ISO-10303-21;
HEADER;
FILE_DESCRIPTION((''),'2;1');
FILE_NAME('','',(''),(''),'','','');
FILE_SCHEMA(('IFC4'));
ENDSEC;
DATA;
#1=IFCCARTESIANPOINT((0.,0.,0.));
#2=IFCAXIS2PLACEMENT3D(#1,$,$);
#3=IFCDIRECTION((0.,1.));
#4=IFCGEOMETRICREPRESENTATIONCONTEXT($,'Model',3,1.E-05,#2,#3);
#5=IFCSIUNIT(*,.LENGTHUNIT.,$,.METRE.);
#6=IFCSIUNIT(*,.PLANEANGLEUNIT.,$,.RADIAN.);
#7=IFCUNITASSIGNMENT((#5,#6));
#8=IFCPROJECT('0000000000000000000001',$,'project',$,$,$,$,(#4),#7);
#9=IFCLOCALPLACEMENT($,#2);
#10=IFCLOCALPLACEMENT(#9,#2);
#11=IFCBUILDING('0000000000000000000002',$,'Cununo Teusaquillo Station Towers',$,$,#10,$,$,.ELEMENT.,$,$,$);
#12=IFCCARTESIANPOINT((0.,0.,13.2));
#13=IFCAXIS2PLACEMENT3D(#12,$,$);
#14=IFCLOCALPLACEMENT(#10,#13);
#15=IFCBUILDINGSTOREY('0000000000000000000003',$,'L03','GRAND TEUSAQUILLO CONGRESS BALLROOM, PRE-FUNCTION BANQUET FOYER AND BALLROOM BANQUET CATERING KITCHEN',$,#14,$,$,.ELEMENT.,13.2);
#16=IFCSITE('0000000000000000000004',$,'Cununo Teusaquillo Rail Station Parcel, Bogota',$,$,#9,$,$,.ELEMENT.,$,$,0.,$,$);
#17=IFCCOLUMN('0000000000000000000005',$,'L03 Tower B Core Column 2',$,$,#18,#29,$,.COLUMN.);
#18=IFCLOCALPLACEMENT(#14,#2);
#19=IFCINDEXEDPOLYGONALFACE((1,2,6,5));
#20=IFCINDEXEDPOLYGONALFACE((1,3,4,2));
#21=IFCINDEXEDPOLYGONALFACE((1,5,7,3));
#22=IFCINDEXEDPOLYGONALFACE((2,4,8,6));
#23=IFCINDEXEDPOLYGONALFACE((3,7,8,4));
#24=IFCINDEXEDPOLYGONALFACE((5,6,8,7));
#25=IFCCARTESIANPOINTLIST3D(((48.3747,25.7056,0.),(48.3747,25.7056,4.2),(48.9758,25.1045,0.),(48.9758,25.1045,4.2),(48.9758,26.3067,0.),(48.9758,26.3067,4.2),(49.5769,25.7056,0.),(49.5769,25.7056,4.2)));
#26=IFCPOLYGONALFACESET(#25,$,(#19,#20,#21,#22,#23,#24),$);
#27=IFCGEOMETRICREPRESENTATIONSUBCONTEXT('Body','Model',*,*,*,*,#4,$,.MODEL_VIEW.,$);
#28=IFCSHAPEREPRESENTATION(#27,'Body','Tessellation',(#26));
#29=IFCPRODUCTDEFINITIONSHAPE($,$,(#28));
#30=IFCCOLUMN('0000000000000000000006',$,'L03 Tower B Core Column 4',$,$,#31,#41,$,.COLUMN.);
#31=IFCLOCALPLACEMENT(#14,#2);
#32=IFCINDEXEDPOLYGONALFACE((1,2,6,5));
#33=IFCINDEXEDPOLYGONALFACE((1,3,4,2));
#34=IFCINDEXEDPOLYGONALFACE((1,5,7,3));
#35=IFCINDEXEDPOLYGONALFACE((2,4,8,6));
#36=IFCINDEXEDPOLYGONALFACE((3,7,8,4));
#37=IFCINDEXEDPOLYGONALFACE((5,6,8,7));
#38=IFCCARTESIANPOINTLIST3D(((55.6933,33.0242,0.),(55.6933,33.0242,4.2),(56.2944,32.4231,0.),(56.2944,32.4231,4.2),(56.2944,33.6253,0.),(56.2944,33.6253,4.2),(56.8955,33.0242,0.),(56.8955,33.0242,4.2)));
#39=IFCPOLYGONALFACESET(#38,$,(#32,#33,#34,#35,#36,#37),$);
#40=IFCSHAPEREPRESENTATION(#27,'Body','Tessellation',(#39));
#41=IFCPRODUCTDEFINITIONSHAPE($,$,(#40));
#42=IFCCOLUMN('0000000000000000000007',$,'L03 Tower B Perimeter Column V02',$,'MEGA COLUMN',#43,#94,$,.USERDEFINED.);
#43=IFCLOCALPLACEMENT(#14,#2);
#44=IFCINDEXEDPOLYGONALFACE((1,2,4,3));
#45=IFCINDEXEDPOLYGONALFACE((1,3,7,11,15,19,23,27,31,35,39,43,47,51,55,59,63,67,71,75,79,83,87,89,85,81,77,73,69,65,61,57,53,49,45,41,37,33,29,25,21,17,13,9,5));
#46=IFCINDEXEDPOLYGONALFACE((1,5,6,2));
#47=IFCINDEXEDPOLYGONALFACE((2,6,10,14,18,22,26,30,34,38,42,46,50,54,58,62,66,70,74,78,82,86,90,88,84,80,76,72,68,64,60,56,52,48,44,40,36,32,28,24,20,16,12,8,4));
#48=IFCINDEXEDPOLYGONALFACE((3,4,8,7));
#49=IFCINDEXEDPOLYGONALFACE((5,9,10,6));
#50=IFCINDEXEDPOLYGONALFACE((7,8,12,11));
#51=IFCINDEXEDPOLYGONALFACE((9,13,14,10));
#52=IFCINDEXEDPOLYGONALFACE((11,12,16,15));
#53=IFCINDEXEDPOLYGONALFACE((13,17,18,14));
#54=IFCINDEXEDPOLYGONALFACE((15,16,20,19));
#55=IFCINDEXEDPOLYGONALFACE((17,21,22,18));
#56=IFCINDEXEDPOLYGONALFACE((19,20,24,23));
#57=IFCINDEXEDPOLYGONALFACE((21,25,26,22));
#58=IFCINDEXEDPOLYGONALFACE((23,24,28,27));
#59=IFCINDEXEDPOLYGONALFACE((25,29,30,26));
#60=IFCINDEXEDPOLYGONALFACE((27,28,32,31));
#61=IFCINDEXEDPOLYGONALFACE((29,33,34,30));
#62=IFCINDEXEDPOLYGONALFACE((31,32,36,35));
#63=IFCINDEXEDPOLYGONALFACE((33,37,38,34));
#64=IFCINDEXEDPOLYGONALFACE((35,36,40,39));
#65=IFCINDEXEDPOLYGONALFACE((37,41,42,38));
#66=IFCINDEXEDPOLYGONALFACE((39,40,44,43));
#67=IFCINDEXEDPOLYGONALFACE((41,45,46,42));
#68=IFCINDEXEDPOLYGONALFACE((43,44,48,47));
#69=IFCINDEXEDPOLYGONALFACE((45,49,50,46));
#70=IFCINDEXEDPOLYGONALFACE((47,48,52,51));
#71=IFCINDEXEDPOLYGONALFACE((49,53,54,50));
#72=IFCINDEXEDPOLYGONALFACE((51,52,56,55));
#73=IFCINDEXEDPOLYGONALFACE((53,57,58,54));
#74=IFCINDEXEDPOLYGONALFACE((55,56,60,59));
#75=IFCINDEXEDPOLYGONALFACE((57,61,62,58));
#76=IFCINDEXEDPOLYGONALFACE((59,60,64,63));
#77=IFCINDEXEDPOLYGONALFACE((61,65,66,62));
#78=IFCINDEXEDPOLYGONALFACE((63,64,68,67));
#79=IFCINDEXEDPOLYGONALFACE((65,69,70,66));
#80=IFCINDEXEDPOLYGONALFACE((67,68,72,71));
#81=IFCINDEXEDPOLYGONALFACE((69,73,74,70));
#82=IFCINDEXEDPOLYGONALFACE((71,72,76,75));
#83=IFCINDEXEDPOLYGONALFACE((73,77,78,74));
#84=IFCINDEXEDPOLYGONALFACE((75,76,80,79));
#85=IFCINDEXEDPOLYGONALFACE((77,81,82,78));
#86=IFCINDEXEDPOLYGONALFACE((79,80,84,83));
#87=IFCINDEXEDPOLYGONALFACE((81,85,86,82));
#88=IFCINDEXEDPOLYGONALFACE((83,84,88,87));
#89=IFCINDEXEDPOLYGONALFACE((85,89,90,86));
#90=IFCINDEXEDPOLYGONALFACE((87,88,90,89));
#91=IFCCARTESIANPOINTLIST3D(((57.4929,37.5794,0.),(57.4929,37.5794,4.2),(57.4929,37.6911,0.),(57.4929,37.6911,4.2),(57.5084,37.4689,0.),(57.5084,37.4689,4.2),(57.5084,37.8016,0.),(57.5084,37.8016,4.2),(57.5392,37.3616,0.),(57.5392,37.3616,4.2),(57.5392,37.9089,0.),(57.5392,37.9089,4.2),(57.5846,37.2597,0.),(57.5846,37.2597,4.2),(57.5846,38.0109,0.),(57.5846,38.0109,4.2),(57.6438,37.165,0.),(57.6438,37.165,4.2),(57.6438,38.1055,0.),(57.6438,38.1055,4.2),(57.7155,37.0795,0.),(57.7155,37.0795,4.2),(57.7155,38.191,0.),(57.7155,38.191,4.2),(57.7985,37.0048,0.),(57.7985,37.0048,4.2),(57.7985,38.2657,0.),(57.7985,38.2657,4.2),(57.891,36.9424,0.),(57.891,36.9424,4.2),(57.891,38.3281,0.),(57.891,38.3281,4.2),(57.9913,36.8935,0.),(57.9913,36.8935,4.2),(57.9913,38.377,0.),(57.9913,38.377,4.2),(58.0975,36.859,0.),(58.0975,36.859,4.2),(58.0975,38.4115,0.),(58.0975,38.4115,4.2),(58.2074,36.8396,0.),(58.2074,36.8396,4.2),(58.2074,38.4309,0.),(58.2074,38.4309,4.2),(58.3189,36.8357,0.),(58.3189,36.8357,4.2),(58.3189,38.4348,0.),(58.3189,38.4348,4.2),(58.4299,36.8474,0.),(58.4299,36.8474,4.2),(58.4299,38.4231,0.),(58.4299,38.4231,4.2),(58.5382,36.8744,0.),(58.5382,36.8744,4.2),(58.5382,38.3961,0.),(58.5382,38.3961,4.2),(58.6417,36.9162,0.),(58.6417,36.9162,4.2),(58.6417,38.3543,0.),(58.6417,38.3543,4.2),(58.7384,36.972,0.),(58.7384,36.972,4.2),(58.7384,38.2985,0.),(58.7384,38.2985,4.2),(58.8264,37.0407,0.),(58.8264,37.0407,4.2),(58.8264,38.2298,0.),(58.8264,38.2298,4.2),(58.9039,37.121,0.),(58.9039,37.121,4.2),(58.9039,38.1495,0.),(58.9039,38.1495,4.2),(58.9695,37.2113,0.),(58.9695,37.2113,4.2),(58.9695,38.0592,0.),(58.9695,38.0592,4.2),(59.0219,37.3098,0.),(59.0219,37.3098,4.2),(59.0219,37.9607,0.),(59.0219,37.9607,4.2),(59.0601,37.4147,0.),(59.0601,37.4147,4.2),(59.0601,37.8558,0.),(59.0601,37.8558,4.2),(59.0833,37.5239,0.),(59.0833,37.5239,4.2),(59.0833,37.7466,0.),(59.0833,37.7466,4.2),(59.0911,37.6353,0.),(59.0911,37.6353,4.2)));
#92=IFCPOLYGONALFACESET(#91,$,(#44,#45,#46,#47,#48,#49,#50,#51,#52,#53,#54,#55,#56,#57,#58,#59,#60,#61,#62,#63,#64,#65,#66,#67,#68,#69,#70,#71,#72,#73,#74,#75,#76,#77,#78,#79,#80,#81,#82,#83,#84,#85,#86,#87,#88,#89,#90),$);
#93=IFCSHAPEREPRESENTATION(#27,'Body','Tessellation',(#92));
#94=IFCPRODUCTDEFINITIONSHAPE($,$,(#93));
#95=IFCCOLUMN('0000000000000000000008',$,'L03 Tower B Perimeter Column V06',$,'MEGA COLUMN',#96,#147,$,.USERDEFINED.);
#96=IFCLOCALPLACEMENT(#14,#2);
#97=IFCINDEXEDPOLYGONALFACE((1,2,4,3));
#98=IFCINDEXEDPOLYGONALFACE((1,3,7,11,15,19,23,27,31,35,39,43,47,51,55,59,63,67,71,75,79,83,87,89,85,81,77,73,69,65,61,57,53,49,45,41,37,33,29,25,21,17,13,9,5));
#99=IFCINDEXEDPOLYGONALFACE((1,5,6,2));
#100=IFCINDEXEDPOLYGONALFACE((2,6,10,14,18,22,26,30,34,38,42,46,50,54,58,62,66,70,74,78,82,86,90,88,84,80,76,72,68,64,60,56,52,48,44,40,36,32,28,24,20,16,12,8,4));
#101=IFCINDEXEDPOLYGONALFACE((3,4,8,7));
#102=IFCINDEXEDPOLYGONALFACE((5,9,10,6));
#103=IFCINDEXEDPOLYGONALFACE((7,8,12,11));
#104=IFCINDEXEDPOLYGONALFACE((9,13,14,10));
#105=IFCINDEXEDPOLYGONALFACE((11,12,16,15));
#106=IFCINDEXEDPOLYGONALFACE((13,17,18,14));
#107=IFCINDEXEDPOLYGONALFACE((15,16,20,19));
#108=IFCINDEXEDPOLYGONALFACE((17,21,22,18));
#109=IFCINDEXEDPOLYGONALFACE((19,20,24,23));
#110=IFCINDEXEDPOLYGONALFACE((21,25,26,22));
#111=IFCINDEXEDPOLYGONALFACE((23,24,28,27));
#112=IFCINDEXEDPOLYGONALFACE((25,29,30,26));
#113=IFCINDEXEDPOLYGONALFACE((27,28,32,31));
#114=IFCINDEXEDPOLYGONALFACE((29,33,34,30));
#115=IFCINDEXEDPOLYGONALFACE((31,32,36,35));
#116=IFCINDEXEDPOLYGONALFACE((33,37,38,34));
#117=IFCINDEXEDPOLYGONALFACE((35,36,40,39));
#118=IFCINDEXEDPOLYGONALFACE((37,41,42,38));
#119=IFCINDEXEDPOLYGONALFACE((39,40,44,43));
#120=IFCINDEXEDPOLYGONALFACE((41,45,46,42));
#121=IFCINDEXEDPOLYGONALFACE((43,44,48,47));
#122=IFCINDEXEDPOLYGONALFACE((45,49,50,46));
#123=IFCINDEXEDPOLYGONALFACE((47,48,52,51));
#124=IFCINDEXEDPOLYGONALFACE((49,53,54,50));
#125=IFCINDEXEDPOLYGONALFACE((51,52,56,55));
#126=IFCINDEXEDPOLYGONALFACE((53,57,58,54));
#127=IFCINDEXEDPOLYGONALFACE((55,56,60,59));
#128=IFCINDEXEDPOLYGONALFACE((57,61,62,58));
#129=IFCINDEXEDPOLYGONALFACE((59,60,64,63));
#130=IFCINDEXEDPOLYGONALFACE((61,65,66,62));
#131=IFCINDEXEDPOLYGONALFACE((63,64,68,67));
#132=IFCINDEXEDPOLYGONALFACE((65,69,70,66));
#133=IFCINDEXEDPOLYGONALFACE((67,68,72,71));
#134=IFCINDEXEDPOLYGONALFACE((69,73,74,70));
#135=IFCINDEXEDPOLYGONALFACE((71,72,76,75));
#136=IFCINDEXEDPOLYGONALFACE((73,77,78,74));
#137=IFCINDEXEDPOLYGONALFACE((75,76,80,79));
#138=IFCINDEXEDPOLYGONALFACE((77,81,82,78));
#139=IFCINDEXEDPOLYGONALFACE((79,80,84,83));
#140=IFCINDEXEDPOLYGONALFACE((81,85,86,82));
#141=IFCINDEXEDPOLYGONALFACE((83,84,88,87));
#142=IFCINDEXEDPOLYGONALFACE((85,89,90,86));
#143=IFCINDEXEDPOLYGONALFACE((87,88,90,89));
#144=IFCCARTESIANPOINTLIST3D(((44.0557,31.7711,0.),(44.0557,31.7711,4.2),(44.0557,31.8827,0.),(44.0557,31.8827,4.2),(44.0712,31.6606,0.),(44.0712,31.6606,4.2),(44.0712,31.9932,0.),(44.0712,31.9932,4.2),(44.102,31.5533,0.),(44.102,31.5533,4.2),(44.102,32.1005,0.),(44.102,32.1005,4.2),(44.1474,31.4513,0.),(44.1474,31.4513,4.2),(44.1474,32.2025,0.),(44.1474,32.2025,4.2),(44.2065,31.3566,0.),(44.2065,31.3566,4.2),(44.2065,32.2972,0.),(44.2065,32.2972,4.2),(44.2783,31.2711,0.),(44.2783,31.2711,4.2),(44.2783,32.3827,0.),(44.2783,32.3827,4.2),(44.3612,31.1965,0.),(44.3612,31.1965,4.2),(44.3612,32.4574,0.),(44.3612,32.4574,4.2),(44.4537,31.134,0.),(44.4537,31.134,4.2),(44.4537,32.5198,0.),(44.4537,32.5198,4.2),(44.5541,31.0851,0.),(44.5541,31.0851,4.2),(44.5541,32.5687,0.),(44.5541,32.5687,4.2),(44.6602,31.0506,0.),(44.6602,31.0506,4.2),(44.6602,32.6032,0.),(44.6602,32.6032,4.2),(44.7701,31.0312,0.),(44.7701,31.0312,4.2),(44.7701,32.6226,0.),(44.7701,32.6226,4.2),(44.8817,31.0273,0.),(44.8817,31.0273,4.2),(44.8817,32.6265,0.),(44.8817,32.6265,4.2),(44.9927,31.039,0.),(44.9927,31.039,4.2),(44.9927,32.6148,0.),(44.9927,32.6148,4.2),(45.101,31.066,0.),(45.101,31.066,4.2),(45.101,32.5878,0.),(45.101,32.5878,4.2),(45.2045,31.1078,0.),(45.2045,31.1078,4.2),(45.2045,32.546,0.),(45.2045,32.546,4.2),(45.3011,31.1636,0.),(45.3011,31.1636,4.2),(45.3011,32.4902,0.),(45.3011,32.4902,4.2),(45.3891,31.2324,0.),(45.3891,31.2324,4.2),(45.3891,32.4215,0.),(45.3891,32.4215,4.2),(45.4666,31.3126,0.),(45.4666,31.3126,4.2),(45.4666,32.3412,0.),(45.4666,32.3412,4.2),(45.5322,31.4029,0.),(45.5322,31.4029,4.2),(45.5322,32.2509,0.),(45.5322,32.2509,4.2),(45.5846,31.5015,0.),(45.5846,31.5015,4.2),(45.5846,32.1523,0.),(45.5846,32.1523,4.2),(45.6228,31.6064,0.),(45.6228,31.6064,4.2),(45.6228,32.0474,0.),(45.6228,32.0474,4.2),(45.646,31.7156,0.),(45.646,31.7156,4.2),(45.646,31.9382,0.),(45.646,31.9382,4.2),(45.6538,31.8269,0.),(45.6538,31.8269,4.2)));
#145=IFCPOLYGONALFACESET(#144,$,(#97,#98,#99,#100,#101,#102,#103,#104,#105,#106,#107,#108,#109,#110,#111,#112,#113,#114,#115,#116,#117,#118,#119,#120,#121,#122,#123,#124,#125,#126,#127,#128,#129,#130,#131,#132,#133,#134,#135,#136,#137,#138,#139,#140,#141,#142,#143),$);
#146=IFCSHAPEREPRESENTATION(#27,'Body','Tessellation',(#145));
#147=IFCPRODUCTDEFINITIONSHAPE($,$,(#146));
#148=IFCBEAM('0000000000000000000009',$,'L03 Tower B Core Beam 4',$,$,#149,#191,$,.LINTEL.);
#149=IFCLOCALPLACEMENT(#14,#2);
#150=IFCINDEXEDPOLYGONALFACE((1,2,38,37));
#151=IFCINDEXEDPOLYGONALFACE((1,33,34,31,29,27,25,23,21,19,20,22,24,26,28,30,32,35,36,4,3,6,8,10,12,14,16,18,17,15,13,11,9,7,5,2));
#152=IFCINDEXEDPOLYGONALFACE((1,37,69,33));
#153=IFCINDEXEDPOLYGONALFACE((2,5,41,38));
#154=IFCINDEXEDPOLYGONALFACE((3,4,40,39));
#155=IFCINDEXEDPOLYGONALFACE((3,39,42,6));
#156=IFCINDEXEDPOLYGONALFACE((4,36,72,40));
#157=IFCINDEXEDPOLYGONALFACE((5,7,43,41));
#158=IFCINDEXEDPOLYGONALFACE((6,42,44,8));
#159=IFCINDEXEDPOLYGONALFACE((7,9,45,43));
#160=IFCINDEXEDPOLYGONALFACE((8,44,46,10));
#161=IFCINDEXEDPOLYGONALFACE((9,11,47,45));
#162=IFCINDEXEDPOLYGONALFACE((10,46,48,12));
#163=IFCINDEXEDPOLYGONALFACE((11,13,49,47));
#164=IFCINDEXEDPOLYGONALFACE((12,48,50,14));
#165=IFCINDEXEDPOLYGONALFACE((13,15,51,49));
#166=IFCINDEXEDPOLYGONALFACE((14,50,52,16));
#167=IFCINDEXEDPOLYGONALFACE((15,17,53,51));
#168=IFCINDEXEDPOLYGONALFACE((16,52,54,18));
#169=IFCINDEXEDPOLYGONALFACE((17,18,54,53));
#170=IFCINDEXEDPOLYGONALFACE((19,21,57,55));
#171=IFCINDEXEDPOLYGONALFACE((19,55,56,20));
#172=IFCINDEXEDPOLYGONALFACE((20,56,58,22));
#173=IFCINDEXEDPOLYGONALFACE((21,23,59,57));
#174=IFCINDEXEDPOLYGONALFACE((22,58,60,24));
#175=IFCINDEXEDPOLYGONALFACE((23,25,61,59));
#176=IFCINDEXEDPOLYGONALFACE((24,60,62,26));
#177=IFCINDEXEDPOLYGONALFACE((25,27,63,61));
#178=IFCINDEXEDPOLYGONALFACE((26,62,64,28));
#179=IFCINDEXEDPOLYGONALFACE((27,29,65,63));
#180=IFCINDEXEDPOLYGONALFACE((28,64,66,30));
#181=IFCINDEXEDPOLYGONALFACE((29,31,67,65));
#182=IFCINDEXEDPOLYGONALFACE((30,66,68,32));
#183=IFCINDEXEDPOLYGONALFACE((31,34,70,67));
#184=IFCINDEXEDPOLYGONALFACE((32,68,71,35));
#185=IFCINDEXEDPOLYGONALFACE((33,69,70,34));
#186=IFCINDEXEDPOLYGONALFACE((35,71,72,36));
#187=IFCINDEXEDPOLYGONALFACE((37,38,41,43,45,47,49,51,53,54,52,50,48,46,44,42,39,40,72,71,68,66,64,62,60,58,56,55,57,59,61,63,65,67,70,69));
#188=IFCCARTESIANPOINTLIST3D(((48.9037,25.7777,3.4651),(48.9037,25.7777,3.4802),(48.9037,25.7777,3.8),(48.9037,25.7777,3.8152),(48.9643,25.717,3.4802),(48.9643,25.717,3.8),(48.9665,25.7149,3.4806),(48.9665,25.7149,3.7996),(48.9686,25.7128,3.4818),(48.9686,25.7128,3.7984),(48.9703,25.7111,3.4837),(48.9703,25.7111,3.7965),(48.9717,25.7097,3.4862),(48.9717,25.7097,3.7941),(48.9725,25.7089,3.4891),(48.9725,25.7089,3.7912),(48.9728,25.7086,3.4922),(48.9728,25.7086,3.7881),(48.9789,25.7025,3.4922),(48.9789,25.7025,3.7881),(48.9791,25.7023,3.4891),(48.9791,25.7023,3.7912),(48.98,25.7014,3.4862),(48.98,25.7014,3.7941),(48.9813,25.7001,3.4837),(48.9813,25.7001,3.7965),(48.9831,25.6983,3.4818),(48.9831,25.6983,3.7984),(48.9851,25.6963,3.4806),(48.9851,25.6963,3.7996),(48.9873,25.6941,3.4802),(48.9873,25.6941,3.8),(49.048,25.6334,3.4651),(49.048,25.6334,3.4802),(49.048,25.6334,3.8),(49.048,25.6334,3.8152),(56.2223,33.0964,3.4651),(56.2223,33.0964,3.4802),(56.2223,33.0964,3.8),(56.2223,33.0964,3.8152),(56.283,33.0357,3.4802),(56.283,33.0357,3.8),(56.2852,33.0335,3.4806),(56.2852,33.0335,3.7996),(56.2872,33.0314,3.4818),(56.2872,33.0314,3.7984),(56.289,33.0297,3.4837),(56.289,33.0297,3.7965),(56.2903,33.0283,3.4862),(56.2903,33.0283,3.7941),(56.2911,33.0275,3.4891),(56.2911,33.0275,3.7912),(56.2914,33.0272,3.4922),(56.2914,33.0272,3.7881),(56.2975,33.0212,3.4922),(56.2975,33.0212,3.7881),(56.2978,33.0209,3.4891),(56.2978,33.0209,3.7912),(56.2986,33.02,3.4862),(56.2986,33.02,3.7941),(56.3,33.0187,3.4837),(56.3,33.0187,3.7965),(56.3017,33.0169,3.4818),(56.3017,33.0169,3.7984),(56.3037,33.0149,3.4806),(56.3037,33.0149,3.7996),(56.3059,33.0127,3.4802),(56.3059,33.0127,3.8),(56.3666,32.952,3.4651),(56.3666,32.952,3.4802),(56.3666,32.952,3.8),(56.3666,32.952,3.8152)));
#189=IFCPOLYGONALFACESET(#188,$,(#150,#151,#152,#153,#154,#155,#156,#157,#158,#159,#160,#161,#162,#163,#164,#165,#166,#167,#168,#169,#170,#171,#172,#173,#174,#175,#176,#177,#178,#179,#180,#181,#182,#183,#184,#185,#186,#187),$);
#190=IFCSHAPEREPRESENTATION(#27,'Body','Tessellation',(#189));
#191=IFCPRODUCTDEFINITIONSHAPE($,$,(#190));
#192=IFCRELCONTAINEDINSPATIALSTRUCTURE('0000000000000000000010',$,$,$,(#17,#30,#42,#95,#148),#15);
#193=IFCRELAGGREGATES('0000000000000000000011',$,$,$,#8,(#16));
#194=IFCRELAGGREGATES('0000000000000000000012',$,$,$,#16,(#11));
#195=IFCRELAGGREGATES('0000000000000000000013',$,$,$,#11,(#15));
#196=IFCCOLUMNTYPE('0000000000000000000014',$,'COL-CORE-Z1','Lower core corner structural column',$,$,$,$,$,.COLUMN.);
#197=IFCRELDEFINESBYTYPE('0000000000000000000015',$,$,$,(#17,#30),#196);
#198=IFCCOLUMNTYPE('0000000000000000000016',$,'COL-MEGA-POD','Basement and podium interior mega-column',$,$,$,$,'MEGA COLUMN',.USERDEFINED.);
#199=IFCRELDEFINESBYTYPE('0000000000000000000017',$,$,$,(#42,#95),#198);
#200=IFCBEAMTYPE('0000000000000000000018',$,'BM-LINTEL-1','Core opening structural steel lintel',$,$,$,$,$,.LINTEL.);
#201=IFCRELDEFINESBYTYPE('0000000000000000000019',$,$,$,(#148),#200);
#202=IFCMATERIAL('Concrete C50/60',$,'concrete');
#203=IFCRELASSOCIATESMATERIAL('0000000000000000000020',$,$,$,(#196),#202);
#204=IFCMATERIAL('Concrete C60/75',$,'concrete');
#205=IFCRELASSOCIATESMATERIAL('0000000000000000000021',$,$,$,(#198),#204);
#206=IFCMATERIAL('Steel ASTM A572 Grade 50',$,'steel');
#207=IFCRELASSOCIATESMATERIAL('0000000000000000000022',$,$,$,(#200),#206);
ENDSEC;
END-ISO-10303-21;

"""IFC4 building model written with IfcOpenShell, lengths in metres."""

from ifc_helpers import new_model, si_unit, direction, frame, origin, origin_2d, place, context, subcontext, project, spatial, rectangle, circle, i_section, extrude, material, material_profile, profile_set, type_object, element, save


model = new_model("IFC4")

# Units and contexts
model_context = context("Model", 3, precision=1e-05, world=origin(), true_north=direction((0.0, 1.0)))
body_context = subcontext(model_context, "Body", "Model", "MODEL_VIEW")
ifc_project = project(units=[si_unit("LENGTHUNIT", "METRE"), si_unit("PLANEANGLEUNIT", "RADIAN")], contexts=[model_context])

# Site, building, storey
site_placement = place(None, origin())
site = spatial("IfcSite", under=ifc_project, at=site_placement, Name="Cununo Teusaquillo Rail Station Parcel, Bogota", CompositionType="ELEMENT", RefElevation=0.0)
building_placement = place(site_placement, origin())
building = spatial("IfcBuilding", under=site, at=building_placement, Name="Cununo Teusaquillo Station Towers", CompositionType="ELEMENT")
storey_placement = place(building_placement, frame((0.0, 0.0, 13.2)))
storey = spatial("IfcBuildingStorey", under=building, at=storey_placement, Name="L03", Description="GRAND TEUSAQUILLO CONGRESS BALLROOM, PRE-FUNCTION BANQUET FOYER AND BALLROOM BANQUET CATERING KITCHEN", CompositionType="ELEMENT", Elevation=13.2)

# Columns
ifc_material_1 = material(Name="Concrete C50/60", Category="concrete")
ifc_material_profile_1 = material_profile(ifc_material_1, rectangle(XDim=0.8501, YDim=0.8501, at=origin_2d()), Name="RC-RECT-850x850")
ifc_profile_set_1 = profile_set([ifc_material_profile_1], Name="Concrete C50/60")
column_type_1 = type_object("IfcColumnType", Name="COL-CORE-Z1", Description="Lower core corner structural column", PredefinedType="COLUMN", material=ifc_profile_set_1)
for number, where, z_axis, x_axis, name in (
    (1, (48.9758, 25.7056, 0.0), (0.0, 0.0, 1.0), (0.707107, 0.707107, 0.0), "L03 Tower B Core Column 2"),
    (2, (56.2944, 33.0242, 0.0), (0.0, 0.0, 1.0), (0.707107, 0.707107, 0.0), "L03 Tower B Core Column 4"),
):
    element("IfcColumn", number, at=place(storey_placement, frame(where, z_axis=z_axis, x_axis=x_axis)), inside=storey, type_object=column_type_1, Name=name, PredefinedType="COLUMN", context=body_context, shape_type="SweptSolid", body=[
        extrude(rectangle(XDim=0.8501, YDim=0.8501, at=origin_2d()), origin(), (0.0, 0.0, 1.0), 4.2),
    ])
ifc_material_2 = material(Name="Concrete C60/75", Category="concrete")
ifc_material_profile_2 = material_profile(ifc_material_2, circle(Radius=0.8, at=origin_2d()), Name="RC-CIRC-1600")
ifc_profile_set_2 = profile_set([ifc_material_profile_2], Name="Concrete C60/75")
column_type_2 = type_object("IfcColumnType", Name="COL-MEGA-POD", Description="Basement and podium interior mega-column", ElementType="MEGA COLUMN", PredefinedType="USERDEFINED", material=ifc_profile_set_2)
for number, where, z_axis, x_axis, name in (
    (3, (58.291, 37.6353, 0.0), (0.0, 0.0, 1.0), (1.0, 0.0, 0.0), "L03 Tower B Perimeter Column V02"),
    (4, (44.8538, 31.8269, 0.0), (0.0, 0.0, 1.0), (1.0, 0.0, 0.0), "L03 Tower B Perimeter Column V06"),
):
    element("IfcColumn", number, at=place(storey_placement, frame(where, z_axis=z_axis, x_axis=x_axis)), inside=storey, type_object=column_type_2, Name=name, ObjectType="MEGA COLUMN", PredefinedType="USERDEFINED", context=body_context, shape_type="SweptSolid", body=[
        extrude(circle(Radius=0.8, at=origin_2d()), origin(), (0.0, 0.0, 1.0), 4.2),
    ])

# Beam
ifc_material_3 = material(Name="Steel ASTM A572 Grade 50", Category="steel")
ifc_material_profile_3 = material_profile(ifc_material_3, i_section(OverallWidth=0.2041, OverallDepth=0.3501, WebThickness=0.0085, FlangeThickness=0.0151, FilletRadius=0.012, at=origin_2d()), Name="W14X48")
ifc_profile_set_3 = profile_set([ifc_material_profile_3], Name="Steel ASTM A572 Grade 50")
beam_type_1 = type_object("IfcBeamType", Name="BM-LINTEL-1", Description="Core opening structural steel lintel", PredefinedType="LINTEL", material=ifc_profile_set_3)
beam_1_placement = place(storey_placement, frame((48.9758, 25.7056, 3.6401), z_axis=(0.707107, 0.707107, 0.0), x_axis=(-0.707107, 0.707107, 0.0)))
element("IfcBeam", 5, at=beam_1_placement, inside=storey, type_object=beam_type_1, Name="L03 Tower B Core Beam 4", PredefinedType="LINTEL", context=body_context, shape_type="SweptSolid", body=[
    extrude(i_section(OverallWidth=0.2041, OverallDepth=0.3501, WebThickness=0.0085, FlangeThickness=0.0151, FilletRadius=0.012, at=origin_2d()), origin(), (0.0, 0.0, 1.0), 10.3501),
])

save(model, "model.ifc")
